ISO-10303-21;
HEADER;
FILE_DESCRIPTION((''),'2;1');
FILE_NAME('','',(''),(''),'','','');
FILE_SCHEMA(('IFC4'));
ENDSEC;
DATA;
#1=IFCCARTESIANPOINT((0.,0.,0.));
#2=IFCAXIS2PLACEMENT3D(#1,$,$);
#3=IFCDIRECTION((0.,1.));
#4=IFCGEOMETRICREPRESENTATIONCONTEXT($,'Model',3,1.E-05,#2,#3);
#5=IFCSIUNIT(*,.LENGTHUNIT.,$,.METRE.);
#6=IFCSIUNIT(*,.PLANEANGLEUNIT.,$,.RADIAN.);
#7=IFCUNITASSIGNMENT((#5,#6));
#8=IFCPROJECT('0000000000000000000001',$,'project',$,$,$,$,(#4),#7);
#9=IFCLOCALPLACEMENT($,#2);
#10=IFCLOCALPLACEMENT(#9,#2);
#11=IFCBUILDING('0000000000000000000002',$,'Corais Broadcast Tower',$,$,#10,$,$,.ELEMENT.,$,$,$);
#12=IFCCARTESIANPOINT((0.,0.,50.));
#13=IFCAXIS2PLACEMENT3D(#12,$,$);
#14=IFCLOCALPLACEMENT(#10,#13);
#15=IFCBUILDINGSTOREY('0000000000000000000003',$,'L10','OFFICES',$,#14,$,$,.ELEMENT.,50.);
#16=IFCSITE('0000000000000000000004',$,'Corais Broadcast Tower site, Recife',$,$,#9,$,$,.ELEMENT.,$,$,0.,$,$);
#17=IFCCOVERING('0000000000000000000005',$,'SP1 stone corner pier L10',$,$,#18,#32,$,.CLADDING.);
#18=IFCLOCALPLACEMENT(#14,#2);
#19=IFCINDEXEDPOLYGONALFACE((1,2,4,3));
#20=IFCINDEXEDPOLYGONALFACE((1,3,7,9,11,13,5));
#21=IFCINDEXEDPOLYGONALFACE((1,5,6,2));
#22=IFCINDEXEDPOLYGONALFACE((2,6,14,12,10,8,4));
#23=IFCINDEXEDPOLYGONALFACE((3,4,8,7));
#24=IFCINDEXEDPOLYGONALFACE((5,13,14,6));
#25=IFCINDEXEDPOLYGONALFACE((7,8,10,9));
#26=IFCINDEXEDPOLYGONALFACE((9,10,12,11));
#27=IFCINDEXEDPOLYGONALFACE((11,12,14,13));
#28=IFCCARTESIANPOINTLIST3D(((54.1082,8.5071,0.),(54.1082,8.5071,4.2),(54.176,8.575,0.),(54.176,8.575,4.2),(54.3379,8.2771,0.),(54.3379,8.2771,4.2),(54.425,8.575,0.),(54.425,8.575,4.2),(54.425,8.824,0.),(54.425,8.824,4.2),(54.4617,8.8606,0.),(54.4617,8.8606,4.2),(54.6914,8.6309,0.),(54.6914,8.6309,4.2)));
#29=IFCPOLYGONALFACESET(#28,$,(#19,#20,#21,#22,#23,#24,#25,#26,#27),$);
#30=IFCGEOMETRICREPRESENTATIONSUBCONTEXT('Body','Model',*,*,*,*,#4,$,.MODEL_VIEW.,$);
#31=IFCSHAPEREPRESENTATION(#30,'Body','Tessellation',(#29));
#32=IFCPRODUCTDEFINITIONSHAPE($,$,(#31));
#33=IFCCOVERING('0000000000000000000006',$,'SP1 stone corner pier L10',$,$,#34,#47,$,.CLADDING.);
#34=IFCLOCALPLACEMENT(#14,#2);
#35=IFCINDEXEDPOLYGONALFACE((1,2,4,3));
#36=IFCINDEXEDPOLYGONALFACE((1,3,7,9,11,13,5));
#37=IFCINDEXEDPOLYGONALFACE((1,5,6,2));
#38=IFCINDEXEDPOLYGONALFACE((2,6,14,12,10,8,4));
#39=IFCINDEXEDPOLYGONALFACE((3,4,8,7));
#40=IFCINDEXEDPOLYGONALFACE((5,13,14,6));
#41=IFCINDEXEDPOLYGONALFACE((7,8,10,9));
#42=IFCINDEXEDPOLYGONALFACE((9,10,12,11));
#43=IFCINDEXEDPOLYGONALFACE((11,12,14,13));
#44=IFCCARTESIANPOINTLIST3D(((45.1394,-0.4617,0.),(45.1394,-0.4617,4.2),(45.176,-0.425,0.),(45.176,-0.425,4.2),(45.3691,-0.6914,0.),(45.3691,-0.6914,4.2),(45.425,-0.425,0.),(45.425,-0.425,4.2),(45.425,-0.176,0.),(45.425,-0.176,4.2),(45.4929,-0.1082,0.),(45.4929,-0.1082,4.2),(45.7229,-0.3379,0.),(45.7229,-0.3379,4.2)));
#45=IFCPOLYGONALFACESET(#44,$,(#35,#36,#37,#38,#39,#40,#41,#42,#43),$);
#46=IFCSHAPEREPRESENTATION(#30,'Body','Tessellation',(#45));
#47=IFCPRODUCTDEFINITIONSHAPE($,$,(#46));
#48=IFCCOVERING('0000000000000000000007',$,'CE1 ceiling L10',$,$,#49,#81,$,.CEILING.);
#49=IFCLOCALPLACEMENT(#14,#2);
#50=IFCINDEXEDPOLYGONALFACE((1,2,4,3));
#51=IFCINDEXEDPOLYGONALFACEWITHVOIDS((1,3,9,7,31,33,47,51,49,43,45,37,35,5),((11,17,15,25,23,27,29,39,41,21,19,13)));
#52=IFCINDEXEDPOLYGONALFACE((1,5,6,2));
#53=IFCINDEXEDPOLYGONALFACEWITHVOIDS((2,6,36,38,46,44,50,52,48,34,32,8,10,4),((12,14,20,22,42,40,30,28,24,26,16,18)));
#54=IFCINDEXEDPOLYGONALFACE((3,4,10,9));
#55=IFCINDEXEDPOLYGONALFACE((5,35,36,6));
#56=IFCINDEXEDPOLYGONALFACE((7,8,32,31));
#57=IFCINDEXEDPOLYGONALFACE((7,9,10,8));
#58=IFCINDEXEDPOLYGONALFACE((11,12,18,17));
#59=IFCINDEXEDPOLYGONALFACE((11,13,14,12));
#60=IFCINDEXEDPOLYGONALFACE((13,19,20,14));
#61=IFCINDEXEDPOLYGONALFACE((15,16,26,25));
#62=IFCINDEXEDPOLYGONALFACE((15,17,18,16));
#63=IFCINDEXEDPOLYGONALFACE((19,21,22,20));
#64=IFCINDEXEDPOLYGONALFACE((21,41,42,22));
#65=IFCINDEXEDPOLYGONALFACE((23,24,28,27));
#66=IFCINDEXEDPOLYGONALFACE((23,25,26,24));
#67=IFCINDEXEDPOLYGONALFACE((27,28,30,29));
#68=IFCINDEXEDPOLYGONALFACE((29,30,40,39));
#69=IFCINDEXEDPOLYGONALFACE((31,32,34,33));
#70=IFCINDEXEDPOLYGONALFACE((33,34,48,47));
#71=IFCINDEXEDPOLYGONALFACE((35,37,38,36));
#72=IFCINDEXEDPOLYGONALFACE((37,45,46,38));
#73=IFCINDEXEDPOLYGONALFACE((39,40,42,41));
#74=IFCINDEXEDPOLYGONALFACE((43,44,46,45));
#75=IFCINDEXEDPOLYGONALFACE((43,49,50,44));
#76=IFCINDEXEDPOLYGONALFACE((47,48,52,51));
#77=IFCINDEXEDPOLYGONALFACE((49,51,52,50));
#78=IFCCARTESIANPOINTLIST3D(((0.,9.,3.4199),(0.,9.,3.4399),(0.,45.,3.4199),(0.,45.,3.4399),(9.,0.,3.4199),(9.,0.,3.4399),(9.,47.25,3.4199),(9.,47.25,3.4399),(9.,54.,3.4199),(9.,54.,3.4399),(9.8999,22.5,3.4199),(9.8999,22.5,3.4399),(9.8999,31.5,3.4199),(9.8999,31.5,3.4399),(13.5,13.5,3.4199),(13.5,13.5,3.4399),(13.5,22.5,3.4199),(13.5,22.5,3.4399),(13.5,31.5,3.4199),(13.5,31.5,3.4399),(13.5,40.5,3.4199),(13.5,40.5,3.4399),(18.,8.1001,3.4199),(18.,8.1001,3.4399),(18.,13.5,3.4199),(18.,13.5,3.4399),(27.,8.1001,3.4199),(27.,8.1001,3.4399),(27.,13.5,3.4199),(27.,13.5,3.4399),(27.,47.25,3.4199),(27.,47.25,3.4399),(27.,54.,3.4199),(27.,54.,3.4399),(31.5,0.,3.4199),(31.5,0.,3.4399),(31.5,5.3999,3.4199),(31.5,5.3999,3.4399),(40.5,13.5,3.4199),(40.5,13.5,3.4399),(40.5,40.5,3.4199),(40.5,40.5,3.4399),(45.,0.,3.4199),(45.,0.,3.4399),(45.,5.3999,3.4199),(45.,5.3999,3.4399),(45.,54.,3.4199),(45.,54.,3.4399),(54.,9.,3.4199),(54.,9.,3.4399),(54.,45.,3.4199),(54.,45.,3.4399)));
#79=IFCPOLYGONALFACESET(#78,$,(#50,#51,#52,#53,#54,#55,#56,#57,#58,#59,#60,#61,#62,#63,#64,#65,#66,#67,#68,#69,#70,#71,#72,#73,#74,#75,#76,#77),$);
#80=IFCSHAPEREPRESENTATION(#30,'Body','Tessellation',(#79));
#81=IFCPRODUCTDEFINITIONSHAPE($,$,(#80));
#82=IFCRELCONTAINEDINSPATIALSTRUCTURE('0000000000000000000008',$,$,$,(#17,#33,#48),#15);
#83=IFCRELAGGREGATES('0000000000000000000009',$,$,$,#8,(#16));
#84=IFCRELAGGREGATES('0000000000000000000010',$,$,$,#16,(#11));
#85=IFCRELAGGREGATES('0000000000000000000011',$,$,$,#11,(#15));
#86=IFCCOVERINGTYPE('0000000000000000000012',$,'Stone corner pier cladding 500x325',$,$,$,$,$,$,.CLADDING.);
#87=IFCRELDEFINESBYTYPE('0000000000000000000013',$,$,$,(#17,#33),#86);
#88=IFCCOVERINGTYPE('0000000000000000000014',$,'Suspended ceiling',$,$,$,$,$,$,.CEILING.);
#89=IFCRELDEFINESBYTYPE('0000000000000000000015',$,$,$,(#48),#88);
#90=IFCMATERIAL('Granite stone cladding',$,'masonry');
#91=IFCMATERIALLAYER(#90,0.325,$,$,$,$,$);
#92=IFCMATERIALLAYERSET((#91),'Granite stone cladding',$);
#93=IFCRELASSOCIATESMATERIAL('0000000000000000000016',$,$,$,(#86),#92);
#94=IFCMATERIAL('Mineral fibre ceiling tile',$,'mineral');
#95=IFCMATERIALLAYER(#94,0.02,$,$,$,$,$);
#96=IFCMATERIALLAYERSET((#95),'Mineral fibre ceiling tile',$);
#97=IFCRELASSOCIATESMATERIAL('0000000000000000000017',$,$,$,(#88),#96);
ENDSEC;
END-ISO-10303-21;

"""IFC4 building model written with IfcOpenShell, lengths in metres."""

from ifc_helpers import new_model, si_unit, direction, frame, origin, place, context, subcontext, project, spatial, polyline, outline, extrude, material, layer, layer_set, type_object, element, save


model = new_model("IFC4")

# Units and contexts
model_context = context("Model", 3, precision=1e-05, world=origin(), true_north=direction((0.0, 1.0)))
body_context = subcontext(model_context, "Body", "Model", "MODEL_VIEW")
ifc_project = project(units=[si_unit("LENGTHUNIT", "METRE"), si_unit("PLANEANGLEUNIT", "RADIAN")], contexts=[model_context])

# Site, building, storey
site_placement = place(None, origin())
site = spatial("IfcSite", under=ifc_project, at=site_placement, Name="Corais Broadcast Tower site, Recife", CompositionType="ELEMENT", RefElevation=0.0)
building_placement = place(site_placement, origin())
building = spatial("IfcBuilding", under=site, at=building_placement, Name="Corais Broadcast Tower", CompositionType="ELEMENT")
storey_placement = place(building_placement, frame((0.0, 0.0, 50.0)))
storey = spatial("IfcBuildingStorey", under=building, at=storey_placement, Name="L10", Description="OFFICES", CompositionType="ELEMENT", Elevation=50.0)

# Coverings
ifc_material_1 = material(Name="Granite stone cladding", Category="masonry")
ifc_layer_1 = layer(ifc_material_1, 0.325)
ifc_layer_set_1 = layer_set([ifc_layer_1], Name="Granite stone cladding")
covering_type_1 = type_object("IfcCoveringType", Name="Stone corner pier cladding 500x325", PredefinedType="CLADDING", material=ifc_layer_set_1)
covering_1_placement = place(storey_placement, origin())
element("IfcCovering", 1, at=covering_1_placement, inside=storey, type_object=covering_type_1, Name="SP1 stone corner pier L10", PredefinedType="CLADDING", context=body_context, shape_type="SweptSolid", body=[
    extrude(outline(polyline([(54.4617, 8.8606), (54.425, 8.824), (54.425, 8.575), (54.176, 8.575), (54.1082, 8.5071), (54.3379, 8.2771), (54.6914, 8.6309), (54.4617, 8.8606)])), origin(), (0.0, 0.0, 1.0), 4.2),
])
covering_2_placement = place(storey_placement, origin())
element("IfcCovering", 2, at=covering_2_placement, inside=storey, type_object=covering_type_1, Name="SP1 stone corner pier L10", PredefinedType="CLADDING", context=body_context, shape_type="SweptSolid", body=[
    extrude(outline(polyline([(45.176, -0.425), (45.1394, -0.4617), (45.3691, -0.6914), (45.7229, -0.3379), (45.4929, -0.1082), (45.425, -0.176), (45.425, -0.425), (45.176, -0.425)])), origin(), (0.0, 0.0, 1.0), 4.2),
])
ifc_material_2 = material(Name="Mineral fibre ceiling tile", Category="mineral")
ifc_layer_2 = layer(ifc_material_2, 0.02)
ifc_layer_set_2 = layer_set([ifc_layer_2], Name="Mineral fibre ceiling tile")
covering_type_2 = type_object("IfcCoveringType", Name="Suspended ceiling", PredefinedType="CEILING", material=ifc_layer_set_2)
covering_3_placement = place(storey_placement, frame((0.0, 0.0, 3.4199)))
element("IfcCovering", 3, at=covering_3_placement, inside=storey, type_object=covering_type_2, Name="CE1 ceiling L10", PredefinedType="CEILING", context=body_context, shape_type="SweptSolid", body=[
    extrude(outline(polyline([(31.5, 5.3999), (31.5, 0.0), (9.0, 0.0), (0.0, 9.0), (0.0, 45.0), (9.0, 54.0), (9.0, 47.25), (27.0, 47.25), (27.0, 54.0), (45.0, 54.0), (54.0, 45.0), (54.0, 9.0), (45.0, 0.0), (45.0, 5.3999), (31.5, 5.3999)]), holes=[polyline([(18.0, 13.5), (18.0, 8.1001), (27.0, 8.1001), (27.0, 13.5), (40.5, 13.5), (40.5, 40.5), (13.5, 40.5), (13.5, 31.5), (9.8999, 31.5), (9.8999, 22.5), (13.5, 22.5), (13.5, 13.5), (18.0, 13.5)])]), origin(), (0.0, 0.0, 1.0), 0.02),
])

save(model, "model.ifc")
